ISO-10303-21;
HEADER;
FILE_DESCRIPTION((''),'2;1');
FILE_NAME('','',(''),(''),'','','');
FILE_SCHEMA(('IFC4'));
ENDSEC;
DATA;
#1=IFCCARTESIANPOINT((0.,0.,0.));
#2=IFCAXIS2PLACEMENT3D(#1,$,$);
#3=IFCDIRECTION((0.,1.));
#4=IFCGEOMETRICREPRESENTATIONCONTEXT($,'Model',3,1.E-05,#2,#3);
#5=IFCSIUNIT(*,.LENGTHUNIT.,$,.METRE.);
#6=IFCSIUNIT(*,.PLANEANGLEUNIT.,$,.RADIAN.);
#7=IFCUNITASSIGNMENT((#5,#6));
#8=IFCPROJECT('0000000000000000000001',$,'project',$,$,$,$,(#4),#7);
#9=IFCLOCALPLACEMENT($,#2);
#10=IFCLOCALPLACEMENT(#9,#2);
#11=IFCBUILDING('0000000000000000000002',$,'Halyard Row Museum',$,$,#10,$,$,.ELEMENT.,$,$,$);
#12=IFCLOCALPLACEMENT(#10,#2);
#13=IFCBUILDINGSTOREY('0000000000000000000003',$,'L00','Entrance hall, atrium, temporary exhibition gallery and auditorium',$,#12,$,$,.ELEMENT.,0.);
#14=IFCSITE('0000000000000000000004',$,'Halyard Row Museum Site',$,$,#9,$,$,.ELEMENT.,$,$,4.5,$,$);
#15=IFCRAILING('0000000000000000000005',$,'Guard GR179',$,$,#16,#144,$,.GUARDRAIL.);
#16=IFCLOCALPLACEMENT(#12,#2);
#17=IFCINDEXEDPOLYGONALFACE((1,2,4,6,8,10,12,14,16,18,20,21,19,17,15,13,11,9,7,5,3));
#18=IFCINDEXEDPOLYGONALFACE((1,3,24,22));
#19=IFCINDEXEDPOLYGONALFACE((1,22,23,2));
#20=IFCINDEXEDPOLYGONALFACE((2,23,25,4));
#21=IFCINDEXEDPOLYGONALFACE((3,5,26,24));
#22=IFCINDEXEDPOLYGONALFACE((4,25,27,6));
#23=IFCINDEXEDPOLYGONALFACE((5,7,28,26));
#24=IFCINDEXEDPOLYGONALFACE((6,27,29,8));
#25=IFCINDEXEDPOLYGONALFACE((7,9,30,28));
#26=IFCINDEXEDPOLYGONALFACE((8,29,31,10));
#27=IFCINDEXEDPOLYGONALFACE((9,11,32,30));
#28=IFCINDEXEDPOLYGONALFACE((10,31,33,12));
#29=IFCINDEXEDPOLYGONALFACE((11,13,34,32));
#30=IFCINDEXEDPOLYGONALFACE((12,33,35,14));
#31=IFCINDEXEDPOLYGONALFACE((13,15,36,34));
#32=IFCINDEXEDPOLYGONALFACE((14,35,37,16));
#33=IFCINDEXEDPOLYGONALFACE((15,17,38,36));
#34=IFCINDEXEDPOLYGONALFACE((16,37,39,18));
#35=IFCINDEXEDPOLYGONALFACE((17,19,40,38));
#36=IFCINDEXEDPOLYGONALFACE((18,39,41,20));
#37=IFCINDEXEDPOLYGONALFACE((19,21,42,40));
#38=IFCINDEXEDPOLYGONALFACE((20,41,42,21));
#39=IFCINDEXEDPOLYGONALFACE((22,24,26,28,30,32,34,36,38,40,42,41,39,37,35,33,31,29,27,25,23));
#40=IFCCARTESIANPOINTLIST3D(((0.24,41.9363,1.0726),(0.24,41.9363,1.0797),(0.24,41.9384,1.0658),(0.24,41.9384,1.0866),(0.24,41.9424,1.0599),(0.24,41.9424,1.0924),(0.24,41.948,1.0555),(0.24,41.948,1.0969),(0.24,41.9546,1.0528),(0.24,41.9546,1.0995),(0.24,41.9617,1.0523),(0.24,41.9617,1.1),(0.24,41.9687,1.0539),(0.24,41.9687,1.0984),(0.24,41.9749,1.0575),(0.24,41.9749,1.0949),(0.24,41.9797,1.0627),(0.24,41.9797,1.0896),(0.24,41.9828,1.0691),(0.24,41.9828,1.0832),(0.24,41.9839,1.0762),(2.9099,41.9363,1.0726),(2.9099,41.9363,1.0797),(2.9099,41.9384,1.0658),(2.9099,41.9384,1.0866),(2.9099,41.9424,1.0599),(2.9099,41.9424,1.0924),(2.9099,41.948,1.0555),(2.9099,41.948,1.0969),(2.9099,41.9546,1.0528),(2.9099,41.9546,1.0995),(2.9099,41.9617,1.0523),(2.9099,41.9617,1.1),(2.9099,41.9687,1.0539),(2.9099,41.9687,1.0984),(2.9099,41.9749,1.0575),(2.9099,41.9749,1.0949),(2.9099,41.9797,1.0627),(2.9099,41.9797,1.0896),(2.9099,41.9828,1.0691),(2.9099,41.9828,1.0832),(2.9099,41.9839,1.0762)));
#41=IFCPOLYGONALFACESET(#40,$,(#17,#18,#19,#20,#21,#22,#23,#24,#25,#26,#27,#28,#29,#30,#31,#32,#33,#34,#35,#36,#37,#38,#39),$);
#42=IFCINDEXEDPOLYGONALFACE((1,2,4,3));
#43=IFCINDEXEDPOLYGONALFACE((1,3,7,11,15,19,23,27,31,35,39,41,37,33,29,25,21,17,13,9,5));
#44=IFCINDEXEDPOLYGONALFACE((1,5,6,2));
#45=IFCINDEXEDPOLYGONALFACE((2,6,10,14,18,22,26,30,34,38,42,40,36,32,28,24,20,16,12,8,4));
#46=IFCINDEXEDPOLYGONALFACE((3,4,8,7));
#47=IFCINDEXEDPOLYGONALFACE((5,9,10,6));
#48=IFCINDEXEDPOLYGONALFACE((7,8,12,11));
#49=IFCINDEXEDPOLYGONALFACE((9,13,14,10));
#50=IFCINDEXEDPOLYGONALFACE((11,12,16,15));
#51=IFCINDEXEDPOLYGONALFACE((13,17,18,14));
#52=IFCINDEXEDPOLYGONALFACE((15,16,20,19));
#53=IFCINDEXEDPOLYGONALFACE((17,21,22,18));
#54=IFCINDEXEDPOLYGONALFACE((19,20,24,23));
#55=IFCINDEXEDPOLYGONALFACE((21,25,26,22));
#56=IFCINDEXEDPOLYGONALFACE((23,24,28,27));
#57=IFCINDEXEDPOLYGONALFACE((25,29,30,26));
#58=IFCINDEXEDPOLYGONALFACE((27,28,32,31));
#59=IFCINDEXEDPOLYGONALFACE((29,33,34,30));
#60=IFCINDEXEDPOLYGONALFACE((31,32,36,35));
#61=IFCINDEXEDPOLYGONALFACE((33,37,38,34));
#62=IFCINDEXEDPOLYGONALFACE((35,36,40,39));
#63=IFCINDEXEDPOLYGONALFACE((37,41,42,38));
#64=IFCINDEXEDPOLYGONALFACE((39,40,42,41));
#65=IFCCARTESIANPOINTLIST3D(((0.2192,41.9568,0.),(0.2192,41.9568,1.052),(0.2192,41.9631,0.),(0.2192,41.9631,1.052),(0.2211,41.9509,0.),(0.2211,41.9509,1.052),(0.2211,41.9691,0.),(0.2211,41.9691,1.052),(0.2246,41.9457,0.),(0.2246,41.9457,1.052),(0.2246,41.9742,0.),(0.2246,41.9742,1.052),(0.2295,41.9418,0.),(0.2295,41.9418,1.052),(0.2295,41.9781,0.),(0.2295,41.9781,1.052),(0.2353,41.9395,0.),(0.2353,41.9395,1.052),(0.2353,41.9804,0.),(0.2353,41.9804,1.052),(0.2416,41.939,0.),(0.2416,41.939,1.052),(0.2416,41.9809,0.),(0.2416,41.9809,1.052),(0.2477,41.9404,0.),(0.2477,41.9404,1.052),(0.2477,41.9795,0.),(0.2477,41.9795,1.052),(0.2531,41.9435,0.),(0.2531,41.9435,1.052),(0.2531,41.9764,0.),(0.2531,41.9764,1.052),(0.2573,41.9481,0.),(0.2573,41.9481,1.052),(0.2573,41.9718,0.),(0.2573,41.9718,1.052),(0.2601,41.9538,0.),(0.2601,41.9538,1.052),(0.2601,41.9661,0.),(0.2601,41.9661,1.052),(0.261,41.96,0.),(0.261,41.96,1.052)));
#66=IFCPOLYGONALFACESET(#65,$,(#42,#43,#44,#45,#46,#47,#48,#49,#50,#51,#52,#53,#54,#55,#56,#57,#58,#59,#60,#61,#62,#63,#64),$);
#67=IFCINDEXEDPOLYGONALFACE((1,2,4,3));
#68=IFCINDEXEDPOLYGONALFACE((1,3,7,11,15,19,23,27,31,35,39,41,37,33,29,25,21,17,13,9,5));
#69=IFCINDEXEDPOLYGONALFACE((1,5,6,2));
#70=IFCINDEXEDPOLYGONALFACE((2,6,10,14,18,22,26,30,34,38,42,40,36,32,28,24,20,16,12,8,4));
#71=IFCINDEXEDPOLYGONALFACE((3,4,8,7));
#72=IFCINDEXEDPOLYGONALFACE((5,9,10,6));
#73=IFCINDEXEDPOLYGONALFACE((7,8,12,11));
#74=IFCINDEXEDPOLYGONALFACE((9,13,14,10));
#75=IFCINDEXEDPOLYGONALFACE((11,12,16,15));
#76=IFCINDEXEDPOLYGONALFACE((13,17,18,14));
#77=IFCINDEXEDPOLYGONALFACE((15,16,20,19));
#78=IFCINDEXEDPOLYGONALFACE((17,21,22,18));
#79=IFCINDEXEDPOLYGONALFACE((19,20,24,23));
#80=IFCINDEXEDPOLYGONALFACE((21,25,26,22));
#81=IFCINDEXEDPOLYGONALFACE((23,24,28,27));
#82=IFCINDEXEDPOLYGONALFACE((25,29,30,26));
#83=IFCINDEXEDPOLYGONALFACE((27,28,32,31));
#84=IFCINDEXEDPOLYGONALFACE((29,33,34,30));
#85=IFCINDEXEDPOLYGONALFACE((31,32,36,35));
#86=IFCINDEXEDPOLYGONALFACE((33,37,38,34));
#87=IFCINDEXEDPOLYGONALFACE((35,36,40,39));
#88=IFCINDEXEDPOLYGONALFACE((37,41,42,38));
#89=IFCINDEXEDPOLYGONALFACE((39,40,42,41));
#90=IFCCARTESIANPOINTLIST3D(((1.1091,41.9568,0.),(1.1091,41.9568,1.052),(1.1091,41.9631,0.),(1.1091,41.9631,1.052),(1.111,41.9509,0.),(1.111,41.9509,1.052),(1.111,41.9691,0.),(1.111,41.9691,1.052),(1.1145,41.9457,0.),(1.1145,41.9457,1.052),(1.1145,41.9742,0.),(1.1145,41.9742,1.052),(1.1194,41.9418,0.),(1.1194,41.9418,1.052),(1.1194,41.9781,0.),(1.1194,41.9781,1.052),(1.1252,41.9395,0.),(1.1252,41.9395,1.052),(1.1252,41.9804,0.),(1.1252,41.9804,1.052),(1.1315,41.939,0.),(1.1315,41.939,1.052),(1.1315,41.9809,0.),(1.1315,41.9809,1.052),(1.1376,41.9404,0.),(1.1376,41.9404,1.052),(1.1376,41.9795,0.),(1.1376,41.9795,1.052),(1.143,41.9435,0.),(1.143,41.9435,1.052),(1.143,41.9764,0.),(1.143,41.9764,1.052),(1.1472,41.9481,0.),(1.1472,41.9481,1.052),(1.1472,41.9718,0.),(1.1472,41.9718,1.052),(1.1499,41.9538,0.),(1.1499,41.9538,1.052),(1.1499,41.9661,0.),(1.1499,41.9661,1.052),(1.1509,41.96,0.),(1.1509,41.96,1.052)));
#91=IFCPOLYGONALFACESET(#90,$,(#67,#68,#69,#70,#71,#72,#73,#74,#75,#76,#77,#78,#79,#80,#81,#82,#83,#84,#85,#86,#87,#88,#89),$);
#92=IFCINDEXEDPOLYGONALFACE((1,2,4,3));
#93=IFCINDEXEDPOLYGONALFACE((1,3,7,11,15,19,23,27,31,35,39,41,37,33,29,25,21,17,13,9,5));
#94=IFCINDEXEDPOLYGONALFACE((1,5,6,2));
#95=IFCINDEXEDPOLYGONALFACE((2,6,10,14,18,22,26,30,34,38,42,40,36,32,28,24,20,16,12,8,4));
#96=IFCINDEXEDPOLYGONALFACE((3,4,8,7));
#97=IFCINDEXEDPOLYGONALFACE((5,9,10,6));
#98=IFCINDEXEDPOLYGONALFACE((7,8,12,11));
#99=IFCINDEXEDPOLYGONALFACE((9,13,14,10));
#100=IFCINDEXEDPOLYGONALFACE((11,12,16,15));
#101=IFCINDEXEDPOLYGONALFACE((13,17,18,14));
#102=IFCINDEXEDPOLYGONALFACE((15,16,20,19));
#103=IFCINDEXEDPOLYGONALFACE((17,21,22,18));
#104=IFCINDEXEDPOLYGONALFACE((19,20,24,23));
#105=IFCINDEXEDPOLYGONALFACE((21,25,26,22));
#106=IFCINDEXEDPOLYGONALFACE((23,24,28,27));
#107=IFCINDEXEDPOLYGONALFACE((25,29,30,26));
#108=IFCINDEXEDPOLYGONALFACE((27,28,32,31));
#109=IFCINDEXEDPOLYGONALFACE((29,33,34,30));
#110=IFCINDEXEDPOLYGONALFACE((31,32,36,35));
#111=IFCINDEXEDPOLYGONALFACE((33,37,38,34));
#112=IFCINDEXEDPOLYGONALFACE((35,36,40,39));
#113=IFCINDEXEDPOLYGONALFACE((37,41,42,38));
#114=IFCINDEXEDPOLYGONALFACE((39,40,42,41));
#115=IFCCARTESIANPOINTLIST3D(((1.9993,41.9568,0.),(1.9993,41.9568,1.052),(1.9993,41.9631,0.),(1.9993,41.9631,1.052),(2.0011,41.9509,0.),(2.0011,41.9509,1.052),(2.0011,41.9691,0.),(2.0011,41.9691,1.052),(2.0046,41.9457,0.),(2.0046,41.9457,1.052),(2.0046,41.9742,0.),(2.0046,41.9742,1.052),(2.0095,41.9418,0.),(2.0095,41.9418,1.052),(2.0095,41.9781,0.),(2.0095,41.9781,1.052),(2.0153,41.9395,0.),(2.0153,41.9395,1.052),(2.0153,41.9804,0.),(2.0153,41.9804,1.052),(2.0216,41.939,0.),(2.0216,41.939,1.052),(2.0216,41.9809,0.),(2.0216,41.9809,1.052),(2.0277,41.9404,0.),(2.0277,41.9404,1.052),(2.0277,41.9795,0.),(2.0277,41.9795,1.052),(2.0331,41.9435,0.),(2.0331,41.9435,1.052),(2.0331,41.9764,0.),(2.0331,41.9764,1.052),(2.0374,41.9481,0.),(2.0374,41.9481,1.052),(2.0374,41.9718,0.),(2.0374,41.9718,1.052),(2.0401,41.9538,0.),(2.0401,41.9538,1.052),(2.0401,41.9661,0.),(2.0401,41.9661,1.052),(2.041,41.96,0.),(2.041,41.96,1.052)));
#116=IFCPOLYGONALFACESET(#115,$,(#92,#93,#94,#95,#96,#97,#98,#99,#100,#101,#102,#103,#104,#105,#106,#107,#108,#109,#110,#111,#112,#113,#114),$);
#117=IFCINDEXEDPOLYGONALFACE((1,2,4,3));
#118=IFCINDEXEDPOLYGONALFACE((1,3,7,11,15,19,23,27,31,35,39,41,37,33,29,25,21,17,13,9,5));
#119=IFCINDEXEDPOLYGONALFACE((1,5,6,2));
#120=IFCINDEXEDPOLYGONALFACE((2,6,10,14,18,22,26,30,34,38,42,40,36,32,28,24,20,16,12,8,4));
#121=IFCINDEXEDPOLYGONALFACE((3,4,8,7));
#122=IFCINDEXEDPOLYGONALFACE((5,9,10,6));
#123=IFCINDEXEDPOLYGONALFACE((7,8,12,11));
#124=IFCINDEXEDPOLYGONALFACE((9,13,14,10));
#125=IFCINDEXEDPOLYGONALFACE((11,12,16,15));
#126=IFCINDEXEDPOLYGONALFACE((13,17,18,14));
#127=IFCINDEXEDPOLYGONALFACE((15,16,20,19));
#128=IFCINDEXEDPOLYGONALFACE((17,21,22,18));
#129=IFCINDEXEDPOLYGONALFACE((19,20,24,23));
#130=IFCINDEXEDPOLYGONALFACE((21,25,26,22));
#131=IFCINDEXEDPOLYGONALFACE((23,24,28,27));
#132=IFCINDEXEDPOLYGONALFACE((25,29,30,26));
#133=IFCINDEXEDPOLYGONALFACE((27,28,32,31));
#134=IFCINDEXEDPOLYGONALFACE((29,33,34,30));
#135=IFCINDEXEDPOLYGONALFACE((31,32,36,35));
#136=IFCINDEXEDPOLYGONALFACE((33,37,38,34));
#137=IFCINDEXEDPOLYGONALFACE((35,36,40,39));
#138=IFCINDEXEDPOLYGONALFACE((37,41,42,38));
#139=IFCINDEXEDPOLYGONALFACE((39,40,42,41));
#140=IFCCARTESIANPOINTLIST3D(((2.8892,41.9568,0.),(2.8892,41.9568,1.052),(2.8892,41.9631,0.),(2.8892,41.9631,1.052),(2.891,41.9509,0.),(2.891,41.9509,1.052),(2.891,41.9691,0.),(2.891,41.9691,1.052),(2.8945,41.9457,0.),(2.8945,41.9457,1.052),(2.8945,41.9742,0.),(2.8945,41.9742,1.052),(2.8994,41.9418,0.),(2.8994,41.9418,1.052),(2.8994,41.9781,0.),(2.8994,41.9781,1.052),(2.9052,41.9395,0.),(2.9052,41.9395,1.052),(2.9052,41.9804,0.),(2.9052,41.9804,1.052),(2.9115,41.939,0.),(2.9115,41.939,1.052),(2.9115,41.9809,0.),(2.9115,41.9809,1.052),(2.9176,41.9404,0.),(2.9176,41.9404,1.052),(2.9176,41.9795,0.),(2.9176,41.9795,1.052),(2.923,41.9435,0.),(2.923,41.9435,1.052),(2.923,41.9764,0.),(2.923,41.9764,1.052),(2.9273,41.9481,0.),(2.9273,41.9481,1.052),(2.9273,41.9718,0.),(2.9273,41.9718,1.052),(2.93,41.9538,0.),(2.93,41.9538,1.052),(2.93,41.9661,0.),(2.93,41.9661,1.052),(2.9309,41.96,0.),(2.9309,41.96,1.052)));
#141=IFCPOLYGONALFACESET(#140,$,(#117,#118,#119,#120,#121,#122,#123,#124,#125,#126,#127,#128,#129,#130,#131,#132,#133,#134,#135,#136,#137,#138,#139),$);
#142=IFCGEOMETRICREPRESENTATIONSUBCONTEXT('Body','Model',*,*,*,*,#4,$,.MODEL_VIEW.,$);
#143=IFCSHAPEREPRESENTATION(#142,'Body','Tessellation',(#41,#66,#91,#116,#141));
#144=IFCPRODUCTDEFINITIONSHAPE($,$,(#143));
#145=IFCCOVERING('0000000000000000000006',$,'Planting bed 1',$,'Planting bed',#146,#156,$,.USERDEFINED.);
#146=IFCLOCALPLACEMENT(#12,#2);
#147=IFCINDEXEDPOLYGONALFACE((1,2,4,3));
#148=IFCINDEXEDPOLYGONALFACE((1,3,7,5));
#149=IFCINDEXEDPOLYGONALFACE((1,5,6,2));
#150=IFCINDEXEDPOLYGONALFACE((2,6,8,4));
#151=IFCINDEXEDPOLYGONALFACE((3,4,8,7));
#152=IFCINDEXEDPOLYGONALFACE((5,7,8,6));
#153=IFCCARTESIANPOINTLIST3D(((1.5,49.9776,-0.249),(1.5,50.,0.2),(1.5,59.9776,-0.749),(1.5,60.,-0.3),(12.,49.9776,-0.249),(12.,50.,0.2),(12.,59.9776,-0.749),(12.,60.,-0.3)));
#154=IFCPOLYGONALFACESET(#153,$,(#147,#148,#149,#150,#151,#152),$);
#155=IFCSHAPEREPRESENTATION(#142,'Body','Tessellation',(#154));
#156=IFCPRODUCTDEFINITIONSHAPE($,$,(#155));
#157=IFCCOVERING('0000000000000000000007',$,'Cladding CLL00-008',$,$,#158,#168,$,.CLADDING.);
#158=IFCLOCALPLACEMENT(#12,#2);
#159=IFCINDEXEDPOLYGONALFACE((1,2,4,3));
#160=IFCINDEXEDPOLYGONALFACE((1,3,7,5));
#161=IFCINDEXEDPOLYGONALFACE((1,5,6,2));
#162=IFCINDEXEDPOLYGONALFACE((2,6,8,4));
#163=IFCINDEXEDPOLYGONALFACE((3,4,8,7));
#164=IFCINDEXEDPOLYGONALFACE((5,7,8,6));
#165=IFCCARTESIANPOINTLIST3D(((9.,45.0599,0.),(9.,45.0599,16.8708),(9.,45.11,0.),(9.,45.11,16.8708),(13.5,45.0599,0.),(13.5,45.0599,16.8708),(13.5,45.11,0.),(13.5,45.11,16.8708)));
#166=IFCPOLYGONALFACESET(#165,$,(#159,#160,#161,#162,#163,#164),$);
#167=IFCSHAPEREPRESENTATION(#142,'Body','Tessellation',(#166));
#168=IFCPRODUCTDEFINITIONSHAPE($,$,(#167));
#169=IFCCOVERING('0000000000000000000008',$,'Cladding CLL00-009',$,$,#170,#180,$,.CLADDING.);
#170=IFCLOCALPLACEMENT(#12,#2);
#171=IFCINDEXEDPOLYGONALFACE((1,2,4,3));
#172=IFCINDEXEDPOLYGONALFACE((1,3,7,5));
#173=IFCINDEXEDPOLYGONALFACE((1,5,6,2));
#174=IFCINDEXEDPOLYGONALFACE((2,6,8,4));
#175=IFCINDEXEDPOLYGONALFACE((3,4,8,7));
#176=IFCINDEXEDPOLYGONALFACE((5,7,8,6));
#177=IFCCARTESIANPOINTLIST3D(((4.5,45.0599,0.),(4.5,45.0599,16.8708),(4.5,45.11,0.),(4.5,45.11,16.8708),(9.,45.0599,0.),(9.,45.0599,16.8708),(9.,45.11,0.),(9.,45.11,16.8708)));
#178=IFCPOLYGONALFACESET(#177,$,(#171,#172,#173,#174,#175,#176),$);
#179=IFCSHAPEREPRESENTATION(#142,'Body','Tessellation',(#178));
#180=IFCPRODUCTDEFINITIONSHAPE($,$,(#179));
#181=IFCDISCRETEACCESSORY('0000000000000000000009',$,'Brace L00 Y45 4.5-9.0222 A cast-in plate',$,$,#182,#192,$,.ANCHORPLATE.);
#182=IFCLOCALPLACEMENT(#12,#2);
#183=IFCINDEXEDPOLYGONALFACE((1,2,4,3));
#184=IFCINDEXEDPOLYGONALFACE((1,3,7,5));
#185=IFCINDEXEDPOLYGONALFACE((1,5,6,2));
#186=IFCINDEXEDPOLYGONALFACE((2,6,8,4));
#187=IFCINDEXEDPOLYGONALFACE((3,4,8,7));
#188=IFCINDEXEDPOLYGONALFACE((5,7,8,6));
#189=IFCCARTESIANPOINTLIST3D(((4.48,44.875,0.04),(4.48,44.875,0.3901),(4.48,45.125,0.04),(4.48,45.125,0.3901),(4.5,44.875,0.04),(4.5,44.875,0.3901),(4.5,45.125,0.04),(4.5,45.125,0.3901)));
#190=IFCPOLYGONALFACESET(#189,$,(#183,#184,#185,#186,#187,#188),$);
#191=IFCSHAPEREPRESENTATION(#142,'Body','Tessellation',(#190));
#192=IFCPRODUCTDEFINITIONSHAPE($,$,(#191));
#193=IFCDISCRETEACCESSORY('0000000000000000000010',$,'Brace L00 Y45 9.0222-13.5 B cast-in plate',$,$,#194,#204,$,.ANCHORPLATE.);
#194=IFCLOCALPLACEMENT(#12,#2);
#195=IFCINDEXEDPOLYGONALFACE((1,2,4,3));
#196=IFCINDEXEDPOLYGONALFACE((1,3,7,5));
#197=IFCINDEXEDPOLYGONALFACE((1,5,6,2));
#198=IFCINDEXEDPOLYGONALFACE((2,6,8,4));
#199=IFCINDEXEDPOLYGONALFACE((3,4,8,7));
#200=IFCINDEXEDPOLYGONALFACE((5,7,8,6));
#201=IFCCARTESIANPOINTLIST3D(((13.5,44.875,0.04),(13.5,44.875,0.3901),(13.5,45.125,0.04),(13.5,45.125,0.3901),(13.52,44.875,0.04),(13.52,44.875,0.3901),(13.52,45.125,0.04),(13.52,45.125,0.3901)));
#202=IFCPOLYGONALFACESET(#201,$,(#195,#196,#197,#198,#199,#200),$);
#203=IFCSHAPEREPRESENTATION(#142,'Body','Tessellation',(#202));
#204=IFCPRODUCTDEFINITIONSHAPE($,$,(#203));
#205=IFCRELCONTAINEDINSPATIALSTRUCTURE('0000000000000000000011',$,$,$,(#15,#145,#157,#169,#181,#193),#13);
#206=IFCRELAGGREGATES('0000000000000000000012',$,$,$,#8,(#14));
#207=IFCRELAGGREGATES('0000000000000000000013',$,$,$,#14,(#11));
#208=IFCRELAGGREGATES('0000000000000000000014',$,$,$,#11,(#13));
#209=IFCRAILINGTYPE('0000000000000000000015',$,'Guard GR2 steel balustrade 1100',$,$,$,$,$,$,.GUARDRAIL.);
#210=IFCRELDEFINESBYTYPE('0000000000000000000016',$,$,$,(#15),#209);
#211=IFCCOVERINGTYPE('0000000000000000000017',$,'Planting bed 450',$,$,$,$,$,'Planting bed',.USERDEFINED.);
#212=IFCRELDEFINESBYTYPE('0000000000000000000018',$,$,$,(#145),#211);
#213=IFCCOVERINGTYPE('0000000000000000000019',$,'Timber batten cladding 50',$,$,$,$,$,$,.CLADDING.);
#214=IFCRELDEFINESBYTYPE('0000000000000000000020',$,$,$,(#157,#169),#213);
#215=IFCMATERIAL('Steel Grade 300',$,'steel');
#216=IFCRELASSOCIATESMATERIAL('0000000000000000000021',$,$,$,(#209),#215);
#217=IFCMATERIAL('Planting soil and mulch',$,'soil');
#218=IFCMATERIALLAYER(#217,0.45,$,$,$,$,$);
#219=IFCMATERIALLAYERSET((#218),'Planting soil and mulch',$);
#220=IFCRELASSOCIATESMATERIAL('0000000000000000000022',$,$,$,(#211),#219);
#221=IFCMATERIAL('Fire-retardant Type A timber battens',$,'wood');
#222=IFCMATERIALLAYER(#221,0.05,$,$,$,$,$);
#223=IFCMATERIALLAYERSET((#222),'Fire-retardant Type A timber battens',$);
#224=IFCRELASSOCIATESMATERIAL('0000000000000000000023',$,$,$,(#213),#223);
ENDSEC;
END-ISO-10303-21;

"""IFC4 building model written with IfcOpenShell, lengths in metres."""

from ifc_helpers import new_model, si_unit, direction, frame, frame_2d, origin, origin_2d, place, context, subcontext, project, spatial, polyline, rectangle, circle, outline, extrude, material, layer, layer_set, type_object, element, save


model = new_model("IFC4")

# Units and contexts
model_context = context("Model", 3, precision=1e-05, world=origin(), true_north=direction((0.0, 1.0)))
body_context = subcontext(model_context, "Body", "Model", "MODEL_VIEW")
ifc_project = project(units=[si_unit("LENGTHUNIT", "METRE"), si_unit("PLANEANGLEUNIT", "RADIAN")], contexts=[model_context])

# Site, building, storey
site_placement = place(None, origin())
site = spatial("IfcSite", under=ifc_project, at=site_placement, Name="Halyard Row Museum Site", CompositionType="ELEMENT", RefElevation=4.5)
building_placement = place(site_placement, origin())
building = spatial("IfcBuilding", under=site, at=building_placement, Name="Halyard Row Museum", CompositionType="ELEMENT")
storey_placement = place(building_placement, origin())
storey = spatial("IfcBuildingStorey", under=building, at=storey_placement, Name="L00", Description="Entrance hall, atrium, temporary exhibition gallery and auditorium", CompositionType="ELEMENT", Elevation=0.0)

# Railing
ifc_material_1 = material(Name="Steel Grade 300", Category="steel")
railing_type = type_object("IfcRailingType", Name="Guard GR2 steel balustrade 1100", PredefinedType="GUARDRAIL", material=ifc_material_1)
railing_1_placement = place(storey_placement, frame((0.24, 41.96, 0.0)))
element("IfcRailing", 1, at=railing_1_placement, inside=storey, type_object=railing_type, Name="Guard GR179", PredefinedType="GUARDRAIL", context=body_context, shape_type="SweptSolid", body=[
    extrude(circle(Radius=0.0239, at=origin_2d()), frame((0.0, 0.0, 1.0762), z_axis=(1.0, 0.0, 0.0), x_axis=(0.0, 1.0, 0.0)), (0.0, 0.0, 1.0), 2.6699),
    extrude(circle(Radius=0.021, at=origin_2d()), origin(), (0.0, 0.0, 1.0), 1.052),
    extrude(circle(Radius=0.021, at=origin_2d()), frame((0.8899, 0.0, 0.0)), (0.0, 0.0, 1.0), 1.052),
    extrude(circle(Radius=0.021, at=origin_2d()), frame((1.78, 0.0, 0.0)), (0.0, 0.0, 1.0), 1.052),
    extrude(circle(Radius=0.021, at=origin_2d()), frame((2.6699, 0.0, 0.0)), (0.0, 0.0, 1.0), 1.052),
])

# Coverings
ifc_material_2 = material(Name="Planting soil and mulch", Category="soil")
ifc_layer_1 = layer(ifc_material_2, 0.45)
ifc_layer_set_1 = layer_set([ifc_layer_1], Name="Planting soil and mulch")
covering_type_1 = type_object("IfcCoveringType", Name="Planting bed 450", ElementType="Planting bed", PredefinedType="USERDEFINED", material=ifc_layer_set_1)
covering_placement = place(storey_placement, frame((1.5, 50.0, 0.2), z_axis=(0.0, 0.049938, 0.998752), x_axis=(1.0, 0.0, 0.0)))
element("IfcCovering", 2, at=covering_placement, inside=storey, type_object=covering_type_1, Name="Planting bed 1", ObjectType="Planting bed", PredefinedType="USERDEFINED", context=body_context, shape_type="SweptSolid", body=[
    extrude(outline(polyline([(0.0, 0.0), (10.5, 0.0), (10.5, 10.0125), (0.0, 10.0125), (0.0, 0.0)])), origin(), (0.0, 0.0, -1.0), 0.4495),
])
ifc_material_3 = material(Name="Fire-retardant Type A timber battens", Category="wood")
ifc_layer_2 = layer(ifc_material_3, 0.05)
ifc_layer_set_2 = layer_set([ifc_layer_2], Name="Fire-retardant Type A timber battens")
covering_type_2 = type_object("IfcCoveringType", Name="Timber batten cladding 50", PredefinedType="CLADDING", material=ifc_layer_set_2)
for number, where, z_axis, x_axis, name in (
    (3, (13.5, 45.085, 0.0), (0.0, 0.0, 1.0), (-1.0, 0.0, 0.0), "Cladding CLL00-008"),
    (4, (9.0, 45.085, 0.0), (0.0, 0.0, 1.0), (-1.0, 0.0, 0.0), "Cladding CLL00-009"),
):
    element("IfcCovering", number, at=place(storey_placement, frame(where, z_axis=z_axis, x_axis=x_axis)), inside=storey, type_object=covering_type_2, Name=name, PredefinedType="CLADDING", context=body_context, shape_type="SweptSolid", body=[
        extrude(rectangle(XDim=4.5, YDim=0.05, at=frame_2d((2.25, 0.0))), origin(), (0.0, 0.0, 1.0), 16.8708),
    ])

# Discrete accessories
for number, where, z_axis, x_axis, name in (
    (5, (4.5, 45.0, 0.2151), (-1.0, 0.0, 0.0), (0.0, -1.0, 0.0), "Brace L00 Y45 4.5-9.0222 A cast-in plate"),
    (6, (13.5, 45.0, 0.2151), (1.0, 0.0, 0.0), (0.0, 1.0, 0.0), "Brace L00 Y45 9.0222-13.5 B cast-in plate"),
):
    element("IfcDiscreteAccessory", number, at=place(storey_placement, frame(where, z_axis=z_axis, x_axis=x_axis)), inside=storey, Name=name, PredefinedType="ANCHORPLATE", context=body_context, shape_type="SweptSolid", body=[
        extrude(rectangle(XDim=0.25, YDim=0.3501, at=origin_2d()), origin(), (0.0, 0.0, 1.0), 0.02),
    ])

save(model, "model.ifc")
